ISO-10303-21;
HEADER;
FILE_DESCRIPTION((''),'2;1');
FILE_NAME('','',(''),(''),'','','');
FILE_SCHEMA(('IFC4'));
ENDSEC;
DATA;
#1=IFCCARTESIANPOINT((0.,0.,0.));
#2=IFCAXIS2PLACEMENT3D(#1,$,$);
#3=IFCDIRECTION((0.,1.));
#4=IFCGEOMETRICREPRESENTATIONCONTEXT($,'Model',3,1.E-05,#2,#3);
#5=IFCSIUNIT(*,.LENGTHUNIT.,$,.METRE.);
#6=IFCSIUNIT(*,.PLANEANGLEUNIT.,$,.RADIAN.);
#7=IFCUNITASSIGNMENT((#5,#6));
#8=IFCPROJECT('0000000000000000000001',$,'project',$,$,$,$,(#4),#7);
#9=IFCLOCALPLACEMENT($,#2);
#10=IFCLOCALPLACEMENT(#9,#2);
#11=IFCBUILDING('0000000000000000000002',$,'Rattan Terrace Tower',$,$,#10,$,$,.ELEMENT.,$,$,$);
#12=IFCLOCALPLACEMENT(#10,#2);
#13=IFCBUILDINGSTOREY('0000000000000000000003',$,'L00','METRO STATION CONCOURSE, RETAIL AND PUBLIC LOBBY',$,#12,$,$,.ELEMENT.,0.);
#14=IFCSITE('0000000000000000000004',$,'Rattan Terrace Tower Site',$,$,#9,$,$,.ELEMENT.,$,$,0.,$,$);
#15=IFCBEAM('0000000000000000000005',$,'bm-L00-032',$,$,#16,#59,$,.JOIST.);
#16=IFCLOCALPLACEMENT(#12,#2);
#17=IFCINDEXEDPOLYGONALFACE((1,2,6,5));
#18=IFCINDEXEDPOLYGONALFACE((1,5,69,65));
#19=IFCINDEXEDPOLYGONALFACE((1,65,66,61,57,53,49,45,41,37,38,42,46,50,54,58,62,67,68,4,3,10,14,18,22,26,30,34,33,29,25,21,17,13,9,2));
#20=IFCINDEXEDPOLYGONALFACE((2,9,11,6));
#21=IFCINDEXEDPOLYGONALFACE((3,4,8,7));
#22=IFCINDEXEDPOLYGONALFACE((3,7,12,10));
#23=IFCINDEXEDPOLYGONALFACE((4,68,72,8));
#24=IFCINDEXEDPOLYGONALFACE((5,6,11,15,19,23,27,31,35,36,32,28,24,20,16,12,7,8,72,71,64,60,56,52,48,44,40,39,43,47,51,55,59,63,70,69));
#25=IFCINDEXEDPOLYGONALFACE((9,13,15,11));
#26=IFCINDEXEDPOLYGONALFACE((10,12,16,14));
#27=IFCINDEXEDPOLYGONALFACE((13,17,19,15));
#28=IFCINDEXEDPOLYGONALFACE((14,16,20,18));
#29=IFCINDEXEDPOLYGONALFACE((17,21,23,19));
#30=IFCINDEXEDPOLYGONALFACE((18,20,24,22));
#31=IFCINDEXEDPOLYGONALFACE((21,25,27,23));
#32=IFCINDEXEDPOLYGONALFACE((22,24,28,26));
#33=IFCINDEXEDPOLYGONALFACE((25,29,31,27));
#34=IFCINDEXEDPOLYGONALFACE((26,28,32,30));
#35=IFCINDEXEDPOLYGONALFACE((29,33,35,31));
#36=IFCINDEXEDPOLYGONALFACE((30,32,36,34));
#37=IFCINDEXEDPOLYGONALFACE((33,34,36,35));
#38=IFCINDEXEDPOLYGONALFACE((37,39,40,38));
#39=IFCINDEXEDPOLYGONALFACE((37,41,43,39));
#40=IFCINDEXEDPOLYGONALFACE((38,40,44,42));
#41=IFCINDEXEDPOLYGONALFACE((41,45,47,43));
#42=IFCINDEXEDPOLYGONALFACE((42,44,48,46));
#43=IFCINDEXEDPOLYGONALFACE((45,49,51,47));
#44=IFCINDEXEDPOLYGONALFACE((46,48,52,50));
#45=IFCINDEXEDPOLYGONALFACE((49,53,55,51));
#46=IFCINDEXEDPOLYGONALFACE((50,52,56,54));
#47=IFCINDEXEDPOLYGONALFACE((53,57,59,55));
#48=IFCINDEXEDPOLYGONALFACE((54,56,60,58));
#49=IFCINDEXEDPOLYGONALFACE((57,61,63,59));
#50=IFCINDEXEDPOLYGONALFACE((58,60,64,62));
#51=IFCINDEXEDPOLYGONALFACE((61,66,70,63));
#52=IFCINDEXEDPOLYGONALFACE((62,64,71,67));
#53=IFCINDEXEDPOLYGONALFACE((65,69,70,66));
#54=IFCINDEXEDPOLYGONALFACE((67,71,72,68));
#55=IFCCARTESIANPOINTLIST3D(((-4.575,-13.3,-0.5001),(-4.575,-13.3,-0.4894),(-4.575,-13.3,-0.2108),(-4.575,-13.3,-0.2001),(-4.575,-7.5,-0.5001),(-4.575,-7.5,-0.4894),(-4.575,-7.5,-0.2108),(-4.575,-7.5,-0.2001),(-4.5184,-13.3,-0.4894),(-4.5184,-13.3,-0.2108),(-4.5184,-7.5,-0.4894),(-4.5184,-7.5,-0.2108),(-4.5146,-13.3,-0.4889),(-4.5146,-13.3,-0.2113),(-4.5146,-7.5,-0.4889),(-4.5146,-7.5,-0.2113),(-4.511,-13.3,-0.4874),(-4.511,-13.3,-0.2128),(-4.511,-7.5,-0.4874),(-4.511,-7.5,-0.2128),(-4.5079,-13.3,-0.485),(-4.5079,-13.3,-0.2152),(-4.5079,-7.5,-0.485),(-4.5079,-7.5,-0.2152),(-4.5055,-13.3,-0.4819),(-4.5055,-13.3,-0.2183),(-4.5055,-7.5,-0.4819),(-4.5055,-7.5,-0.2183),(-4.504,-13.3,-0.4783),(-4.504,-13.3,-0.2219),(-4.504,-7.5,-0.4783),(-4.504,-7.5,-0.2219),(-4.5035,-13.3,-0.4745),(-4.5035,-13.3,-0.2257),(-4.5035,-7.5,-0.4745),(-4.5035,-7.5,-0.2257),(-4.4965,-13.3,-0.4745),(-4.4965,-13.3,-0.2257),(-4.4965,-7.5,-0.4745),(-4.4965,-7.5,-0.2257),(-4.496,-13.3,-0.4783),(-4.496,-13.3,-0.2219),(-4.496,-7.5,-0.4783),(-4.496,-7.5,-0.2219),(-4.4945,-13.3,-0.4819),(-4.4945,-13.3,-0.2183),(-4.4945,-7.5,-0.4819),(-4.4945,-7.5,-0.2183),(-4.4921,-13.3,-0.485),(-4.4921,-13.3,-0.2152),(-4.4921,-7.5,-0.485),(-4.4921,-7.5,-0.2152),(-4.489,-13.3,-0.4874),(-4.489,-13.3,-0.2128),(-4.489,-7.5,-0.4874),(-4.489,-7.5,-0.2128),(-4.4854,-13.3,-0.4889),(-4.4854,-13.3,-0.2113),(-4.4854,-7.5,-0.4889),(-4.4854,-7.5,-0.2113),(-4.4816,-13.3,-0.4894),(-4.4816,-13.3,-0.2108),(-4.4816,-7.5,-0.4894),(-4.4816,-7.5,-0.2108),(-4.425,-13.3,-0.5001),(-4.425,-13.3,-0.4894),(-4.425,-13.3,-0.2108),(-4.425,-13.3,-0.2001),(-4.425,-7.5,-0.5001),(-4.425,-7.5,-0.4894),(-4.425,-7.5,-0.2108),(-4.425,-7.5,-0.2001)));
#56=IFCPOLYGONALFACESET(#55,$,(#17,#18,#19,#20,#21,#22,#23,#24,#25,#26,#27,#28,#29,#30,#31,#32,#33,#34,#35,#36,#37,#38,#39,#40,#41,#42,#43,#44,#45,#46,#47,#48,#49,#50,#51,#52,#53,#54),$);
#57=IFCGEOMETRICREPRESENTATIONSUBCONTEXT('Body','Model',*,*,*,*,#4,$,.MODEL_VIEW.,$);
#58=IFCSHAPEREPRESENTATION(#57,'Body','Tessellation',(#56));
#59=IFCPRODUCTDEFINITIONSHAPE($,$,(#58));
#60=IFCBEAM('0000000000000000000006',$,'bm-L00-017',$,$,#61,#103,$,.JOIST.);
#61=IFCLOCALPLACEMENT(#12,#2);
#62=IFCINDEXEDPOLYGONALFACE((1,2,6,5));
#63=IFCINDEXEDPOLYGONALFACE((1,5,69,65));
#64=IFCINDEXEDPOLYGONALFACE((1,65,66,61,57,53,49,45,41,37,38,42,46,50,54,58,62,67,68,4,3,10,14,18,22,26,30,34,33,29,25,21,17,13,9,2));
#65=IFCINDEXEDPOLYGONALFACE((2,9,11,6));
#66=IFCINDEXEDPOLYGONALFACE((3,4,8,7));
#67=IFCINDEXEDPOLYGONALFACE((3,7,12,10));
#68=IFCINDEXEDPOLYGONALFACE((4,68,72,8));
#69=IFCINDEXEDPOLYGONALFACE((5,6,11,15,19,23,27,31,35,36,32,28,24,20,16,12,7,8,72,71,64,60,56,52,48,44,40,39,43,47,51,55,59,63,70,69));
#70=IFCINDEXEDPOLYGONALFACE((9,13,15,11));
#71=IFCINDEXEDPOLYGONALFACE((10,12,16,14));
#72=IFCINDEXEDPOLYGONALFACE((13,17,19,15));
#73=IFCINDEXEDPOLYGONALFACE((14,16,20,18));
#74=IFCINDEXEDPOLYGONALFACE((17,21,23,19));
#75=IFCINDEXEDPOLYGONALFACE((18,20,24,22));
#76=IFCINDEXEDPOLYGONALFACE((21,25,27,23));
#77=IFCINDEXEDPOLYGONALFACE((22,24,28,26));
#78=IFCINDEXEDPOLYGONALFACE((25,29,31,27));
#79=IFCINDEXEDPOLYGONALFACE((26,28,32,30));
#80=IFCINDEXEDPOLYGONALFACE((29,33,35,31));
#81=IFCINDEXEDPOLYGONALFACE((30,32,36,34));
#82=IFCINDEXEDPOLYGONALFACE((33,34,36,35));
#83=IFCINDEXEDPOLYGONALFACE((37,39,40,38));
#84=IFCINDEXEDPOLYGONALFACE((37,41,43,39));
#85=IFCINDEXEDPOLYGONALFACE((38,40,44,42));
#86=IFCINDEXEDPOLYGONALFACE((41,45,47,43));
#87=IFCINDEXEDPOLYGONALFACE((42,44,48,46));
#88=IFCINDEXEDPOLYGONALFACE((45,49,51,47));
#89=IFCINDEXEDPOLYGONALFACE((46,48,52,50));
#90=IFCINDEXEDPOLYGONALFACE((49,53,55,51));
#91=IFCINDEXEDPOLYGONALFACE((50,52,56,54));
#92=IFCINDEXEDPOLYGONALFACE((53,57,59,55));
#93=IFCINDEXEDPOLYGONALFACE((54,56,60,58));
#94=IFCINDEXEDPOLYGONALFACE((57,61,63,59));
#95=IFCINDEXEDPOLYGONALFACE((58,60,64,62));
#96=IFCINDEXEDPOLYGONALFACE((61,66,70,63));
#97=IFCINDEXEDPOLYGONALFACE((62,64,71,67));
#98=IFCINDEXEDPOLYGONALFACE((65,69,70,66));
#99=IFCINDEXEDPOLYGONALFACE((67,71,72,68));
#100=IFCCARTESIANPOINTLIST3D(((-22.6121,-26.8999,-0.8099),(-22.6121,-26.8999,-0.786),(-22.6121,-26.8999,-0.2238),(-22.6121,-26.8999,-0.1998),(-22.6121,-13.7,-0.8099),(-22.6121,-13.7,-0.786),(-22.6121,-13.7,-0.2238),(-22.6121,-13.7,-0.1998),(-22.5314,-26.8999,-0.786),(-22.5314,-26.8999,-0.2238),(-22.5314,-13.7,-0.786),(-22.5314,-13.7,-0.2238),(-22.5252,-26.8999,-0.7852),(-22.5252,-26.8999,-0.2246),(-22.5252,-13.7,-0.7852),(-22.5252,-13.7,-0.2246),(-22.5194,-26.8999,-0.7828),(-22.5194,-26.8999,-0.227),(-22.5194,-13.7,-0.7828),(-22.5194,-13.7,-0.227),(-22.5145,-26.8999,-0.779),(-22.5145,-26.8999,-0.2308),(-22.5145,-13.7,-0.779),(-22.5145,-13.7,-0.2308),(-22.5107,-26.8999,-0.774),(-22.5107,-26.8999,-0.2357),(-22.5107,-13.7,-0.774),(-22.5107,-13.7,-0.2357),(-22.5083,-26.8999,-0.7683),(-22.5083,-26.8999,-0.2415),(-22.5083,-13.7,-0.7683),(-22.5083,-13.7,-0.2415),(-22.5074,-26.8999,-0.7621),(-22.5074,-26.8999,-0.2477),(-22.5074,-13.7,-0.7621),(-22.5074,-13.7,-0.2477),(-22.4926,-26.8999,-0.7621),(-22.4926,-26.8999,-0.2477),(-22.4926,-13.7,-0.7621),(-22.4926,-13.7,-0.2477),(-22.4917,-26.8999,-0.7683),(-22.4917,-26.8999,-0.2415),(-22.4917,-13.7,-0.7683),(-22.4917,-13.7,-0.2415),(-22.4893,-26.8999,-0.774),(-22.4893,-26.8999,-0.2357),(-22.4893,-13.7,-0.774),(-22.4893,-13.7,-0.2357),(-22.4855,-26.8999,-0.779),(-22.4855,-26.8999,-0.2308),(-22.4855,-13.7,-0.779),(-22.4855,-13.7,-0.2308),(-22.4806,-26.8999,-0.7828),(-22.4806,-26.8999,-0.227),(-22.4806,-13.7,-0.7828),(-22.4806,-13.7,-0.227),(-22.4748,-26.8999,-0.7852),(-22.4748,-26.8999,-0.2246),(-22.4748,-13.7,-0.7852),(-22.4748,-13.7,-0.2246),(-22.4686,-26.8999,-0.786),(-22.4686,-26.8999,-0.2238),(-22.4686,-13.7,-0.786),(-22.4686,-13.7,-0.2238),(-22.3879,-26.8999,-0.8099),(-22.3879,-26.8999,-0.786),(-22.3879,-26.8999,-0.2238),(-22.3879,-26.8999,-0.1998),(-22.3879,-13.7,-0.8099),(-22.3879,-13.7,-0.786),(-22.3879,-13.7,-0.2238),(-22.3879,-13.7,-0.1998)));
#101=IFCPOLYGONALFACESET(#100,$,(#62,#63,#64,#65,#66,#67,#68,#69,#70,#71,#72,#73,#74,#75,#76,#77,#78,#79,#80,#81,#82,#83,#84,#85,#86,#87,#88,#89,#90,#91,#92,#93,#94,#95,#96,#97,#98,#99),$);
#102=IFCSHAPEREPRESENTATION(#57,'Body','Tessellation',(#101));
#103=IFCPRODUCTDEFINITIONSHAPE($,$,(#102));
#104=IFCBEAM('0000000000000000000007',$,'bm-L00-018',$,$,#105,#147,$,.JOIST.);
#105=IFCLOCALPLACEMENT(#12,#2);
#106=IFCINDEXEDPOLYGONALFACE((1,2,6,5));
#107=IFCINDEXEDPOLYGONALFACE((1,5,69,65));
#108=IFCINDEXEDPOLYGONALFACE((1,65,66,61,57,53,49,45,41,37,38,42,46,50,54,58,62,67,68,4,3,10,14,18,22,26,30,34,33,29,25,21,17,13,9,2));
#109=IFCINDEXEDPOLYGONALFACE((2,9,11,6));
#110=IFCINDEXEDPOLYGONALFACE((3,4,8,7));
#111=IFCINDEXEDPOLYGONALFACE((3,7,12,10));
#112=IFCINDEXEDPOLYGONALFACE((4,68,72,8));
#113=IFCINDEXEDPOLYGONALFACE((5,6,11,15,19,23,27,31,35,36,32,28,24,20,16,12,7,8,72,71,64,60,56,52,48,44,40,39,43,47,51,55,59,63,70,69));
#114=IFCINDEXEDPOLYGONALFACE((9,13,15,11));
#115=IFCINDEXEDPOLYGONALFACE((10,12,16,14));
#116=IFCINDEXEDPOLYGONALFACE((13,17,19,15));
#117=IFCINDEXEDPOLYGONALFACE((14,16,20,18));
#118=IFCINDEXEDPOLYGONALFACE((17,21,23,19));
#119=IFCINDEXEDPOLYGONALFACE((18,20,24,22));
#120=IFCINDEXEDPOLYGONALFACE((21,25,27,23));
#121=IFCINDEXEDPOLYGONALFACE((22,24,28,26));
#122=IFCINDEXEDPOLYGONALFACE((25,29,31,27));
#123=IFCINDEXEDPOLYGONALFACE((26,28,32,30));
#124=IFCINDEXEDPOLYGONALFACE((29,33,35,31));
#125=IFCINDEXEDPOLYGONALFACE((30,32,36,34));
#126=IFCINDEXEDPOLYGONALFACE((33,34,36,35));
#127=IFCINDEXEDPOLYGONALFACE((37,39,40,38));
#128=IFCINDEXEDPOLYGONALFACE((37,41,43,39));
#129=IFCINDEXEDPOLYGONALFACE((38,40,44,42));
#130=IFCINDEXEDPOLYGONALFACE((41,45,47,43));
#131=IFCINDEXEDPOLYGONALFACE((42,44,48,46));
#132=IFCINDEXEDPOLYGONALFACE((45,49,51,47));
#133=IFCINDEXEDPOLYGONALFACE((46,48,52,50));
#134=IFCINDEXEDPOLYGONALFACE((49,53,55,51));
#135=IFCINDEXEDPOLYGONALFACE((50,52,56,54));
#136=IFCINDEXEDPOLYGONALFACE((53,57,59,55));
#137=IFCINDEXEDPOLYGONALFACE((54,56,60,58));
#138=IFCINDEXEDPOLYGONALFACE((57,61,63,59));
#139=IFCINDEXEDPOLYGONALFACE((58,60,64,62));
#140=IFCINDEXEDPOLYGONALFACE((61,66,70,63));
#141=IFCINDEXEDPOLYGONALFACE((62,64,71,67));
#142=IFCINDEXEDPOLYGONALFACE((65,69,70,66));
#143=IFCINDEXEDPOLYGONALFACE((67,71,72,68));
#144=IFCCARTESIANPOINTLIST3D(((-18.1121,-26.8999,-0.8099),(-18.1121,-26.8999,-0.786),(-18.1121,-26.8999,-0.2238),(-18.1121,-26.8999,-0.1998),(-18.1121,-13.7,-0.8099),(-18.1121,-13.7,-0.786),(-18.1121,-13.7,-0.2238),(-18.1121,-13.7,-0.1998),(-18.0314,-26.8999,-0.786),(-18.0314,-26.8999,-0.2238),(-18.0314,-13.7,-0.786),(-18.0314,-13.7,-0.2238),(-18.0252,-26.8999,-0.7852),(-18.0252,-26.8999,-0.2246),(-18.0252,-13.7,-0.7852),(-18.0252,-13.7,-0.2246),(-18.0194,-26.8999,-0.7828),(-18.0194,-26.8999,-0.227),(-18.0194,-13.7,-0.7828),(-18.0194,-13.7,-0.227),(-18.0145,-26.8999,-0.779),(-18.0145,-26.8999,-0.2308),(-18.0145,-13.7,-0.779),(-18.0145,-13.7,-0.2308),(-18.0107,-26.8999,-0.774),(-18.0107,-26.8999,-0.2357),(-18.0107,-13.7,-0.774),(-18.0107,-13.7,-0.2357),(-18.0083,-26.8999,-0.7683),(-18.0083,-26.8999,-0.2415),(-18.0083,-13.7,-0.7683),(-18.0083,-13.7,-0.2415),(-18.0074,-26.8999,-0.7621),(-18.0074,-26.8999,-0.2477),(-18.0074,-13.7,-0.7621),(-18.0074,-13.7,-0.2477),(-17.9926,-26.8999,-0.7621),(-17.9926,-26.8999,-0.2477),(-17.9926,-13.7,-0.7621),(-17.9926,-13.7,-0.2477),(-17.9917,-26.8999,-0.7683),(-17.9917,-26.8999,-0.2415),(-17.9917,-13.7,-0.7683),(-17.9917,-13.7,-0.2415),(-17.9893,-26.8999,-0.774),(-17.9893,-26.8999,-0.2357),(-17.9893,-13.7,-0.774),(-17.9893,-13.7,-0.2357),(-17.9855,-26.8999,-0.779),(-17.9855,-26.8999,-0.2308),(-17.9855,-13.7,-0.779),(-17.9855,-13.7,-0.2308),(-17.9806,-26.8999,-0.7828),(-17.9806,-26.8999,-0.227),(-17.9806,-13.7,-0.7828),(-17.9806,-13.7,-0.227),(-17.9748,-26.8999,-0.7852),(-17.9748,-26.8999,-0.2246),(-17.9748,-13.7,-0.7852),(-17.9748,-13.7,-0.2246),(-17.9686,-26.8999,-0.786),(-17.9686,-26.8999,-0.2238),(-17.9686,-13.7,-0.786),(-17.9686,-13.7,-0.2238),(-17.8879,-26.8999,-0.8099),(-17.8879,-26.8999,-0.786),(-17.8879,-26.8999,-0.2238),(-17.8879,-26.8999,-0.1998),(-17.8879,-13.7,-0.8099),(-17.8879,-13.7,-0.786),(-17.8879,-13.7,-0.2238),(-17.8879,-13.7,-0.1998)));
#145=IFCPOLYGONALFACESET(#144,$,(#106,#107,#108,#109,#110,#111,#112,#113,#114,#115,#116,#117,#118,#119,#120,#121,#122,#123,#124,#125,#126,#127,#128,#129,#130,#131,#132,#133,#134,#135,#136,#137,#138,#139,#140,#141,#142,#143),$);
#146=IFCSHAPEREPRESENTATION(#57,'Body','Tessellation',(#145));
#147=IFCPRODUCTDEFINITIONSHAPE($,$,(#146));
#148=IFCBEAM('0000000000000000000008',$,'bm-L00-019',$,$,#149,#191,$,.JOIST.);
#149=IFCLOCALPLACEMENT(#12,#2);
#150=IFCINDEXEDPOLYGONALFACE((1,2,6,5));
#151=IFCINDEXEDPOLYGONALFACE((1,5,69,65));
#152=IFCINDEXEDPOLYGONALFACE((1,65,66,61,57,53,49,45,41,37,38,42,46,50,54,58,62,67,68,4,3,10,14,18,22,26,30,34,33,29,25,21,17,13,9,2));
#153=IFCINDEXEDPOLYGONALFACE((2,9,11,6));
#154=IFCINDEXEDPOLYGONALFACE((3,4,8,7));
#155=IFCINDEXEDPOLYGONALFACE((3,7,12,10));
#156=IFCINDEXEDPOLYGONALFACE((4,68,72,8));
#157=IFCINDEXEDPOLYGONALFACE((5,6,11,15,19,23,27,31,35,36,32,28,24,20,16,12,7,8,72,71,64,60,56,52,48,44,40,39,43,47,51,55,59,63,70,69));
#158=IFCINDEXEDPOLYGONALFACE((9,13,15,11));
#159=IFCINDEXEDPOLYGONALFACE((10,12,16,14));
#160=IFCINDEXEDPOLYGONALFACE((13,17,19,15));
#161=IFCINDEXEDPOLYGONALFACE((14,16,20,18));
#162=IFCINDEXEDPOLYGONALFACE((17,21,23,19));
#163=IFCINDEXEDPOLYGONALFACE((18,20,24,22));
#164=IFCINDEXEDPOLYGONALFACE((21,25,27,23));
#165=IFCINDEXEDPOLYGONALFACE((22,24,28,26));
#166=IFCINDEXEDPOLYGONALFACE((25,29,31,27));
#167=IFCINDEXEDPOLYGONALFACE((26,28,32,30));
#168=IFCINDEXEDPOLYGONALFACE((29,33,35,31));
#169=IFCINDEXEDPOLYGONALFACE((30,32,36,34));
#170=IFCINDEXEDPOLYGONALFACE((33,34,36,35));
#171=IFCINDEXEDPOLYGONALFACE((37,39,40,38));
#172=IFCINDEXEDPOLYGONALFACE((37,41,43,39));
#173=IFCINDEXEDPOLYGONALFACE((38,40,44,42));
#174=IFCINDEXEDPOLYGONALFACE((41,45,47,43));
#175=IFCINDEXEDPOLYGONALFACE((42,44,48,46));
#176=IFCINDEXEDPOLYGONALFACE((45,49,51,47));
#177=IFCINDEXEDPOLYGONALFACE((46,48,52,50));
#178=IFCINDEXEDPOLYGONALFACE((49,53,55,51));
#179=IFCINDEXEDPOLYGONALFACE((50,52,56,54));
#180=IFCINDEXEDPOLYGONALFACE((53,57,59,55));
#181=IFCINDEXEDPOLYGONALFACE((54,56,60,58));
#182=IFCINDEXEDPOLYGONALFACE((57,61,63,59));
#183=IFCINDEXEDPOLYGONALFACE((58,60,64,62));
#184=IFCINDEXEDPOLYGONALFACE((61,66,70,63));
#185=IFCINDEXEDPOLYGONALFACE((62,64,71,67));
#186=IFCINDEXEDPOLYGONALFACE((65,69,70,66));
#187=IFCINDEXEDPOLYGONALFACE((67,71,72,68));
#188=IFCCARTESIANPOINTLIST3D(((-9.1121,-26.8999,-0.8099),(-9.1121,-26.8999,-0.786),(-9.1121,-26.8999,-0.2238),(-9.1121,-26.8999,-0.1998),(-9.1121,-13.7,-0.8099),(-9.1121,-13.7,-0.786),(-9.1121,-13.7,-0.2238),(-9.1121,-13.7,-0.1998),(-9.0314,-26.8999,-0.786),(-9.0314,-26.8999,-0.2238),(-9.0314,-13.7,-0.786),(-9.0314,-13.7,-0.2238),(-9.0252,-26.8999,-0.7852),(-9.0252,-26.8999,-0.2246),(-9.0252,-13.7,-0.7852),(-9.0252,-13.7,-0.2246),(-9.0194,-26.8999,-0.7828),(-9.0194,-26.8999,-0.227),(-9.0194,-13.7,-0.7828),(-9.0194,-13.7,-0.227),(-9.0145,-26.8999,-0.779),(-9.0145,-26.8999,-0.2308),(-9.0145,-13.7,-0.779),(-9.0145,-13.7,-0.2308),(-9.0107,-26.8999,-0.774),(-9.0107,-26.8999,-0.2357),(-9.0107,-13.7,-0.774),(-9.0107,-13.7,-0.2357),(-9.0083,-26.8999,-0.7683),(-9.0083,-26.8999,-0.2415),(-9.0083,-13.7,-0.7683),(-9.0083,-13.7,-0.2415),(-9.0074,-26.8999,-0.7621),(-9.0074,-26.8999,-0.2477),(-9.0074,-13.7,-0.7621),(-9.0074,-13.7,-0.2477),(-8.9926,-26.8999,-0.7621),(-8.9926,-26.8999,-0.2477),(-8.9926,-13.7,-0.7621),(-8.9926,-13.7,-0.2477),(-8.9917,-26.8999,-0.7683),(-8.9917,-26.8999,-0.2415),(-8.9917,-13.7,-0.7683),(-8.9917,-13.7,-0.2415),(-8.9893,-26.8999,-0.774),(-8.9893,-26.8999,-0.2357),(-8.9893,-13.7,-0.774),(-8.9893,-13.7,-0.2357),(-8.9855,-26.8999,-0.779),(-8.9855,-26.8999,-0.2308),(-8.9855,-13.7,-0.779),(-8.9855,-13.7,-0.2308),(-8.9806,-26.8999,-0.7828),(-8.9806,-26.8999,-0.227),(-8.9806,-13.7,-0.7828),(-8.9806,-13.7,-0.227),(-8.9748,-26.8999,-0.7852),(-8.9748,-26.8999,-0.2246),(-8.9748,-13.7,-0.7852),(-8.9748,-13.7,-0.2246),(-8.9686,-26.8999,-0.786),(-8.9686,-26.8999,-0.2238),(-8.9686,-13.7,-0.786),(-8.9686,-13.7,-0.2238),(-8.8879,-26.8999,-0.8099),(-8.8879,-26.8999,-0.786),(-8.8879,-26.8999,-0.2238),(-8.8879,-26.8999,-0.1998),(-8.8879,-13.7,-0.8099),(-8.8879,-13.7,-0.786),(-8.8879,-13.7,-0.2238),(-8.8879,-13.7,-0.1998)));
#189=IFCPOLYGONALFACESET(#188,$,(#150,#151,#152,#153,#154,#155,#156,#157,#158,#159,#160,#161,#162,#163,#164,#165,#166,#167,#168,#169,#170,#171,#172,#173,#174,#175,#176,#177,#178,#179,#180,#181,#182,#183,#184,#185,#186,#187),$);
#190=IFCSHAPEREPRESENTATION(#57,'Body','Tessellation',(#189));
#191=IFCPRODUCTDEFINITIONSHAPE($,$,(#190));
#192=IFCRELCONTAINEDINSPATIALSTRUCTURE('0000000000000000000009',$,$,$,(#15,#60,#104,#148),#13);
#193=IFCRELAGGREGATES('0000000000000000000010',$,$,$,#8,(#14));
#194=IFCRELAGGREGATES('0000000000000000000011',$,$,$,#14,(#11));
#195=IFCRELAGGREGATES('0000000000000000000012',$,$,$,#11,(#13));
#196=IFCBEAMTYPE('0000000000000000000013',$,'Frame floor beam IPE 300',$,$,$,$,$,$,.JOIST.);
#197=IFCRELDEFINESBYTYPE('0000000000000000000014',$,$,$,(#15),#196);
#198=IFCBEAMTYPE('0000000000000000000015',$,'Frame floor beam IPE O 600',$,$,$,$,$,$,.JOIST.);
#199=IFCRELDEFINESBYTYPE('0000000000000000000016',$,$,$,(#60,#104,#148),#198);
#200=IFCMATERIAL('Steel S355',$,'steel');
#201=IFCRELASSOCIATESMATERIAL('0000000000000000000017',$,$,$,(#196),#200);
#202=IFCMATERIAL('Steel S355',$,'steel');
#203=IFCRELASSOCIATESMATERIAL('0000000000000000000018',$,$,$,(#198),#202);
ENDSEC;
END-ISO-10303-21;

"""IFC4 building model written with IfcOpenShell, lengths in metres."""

from ifc_helpers import new_model, si_unit, direction, frame, origin, origin_2d, place, context, subcontext, project, spatial, i_section, extrude, material, material_profile, profile_set, type_object, element, save


model = new_model("IFC4")

# Units and contexts
model_context = context("Model", 3, precision=1e-05, world=origin(), true_north=direction((0.0, 1.0)))
body_context = subcontext(model_context, "Body", "Model", "MODEL_VIEW")
ifc_project = project(units=[si_unit("LENGTHUNIT", "METRE"), si_unit("PLANEANGLEUNIT", "RADIAN")], contexts=[model_context])

# Site, building, storey
site_placement = place(None, origin())
site = spatial("IfcSite", under=ifc_project, at=site_placement, Name="Rattan Terrace Tower Site", CompositionType="ELEMENT", RefElevation=0.0)
building_placement = place(site_placement, origin())
building = spatial("IfcBuilding", under=site, at=building_placement, Name="Rattan Terrace Tower", CompositionType="ELEMENT")
storey_placement = place(building_placement, origin())
storey = spatial("IfcBuildingStorey", under=building, at=storey_placement, Name="L00", Description="METRO STATION CONCOURSE, RETAIL AND PUBLIC LOBBY", CompositionType="ELEMENT", Elevation=0.0)

# Beams
ifc_material_1 = material(Name="Steel S355", Category="steel")
ifc_material_profile_1 = material_profile(ifc_material_1, i_section(OverallWidth=0.1499, OverallDepth=0.3, WebThickness=0.0071, FlangeThickness=0.0107, FilletRadius=0.0149, at=origin_2d()), Name="IPE 300")
ifc_profile_set_1 = profile_set([ifc_material_profile_1], Name="Steel S355")
beam_type_1 = type_object("IfcBeamType", Name="Frame floor beam IPE 300", PredefinedType="JOIST", material=ifc_profile_set_1)
for number, where, z_axis, x_axis, name in (
    (1, (-4.5, -13.3, -0.3501), (0.0, 1.0, 0.0), (-1.0, 0.0, 0.0), "bm-L00-032"),
):
    element("IfcBeam", number, at=place(storey_placement, frame(where, z_axis=z_axis, x_axis=x_axis)), inside=storey, type_object=beam_type_1, Name=name, PredefinedType="JOIST", context=body_context, shape_type="SweptSolid", body=[
        extrude(i_section(OverallWidth=0.1499, OverallDepth=0.3, WebThickness=0.0071, FlangeThickness=0.0107, FilletRadius=0.0149, at=origin_2d()), origin(), (0.0, 0.0, 1.0), 5.8),
    ])
ifc_material_2 = material(Name="Steel S355", Category="steel")
ifc_material_profile_2 = material_profile(ifc_material_2, i_section(OverallWidth=0.2241, OverallDepth=0.6101, WebThickness=0.0149, FlangeThickness=0.0239, FilletRadius=0.0239, at=origin_2d()), Name="IPE O 600")
ifc_profile_set_2 = profile_set([ifc_material_profile_2], Name="Steel S355")
beam_type_2 = type_object("IfcBeamType", Name="Frame floor beam IPE O 600", PredefinedType="JOIST", material=ifc_profile_set_2)
for number, where, z_axis, x_axis, name in (
    (2, (-22.5, -26.8999, -0.5049), (0.0, 1.0, 0.0), (-1.0, 0.0, 0.0), "bm-L00-017"),
    (3, (-18.0, -26.8999, -0.5049), (0.0, 1.0, 0.0), (-1.0, 0.0, 0.0), "bm-L00-018"),
    (4, (-9.0, -26.8999, -0.5049), (0.0, 1.0, 0.0), (-1.0, 0.0, 0.0), "bm-L00-019"),
):
    element("IfcBeam", number, at=place(storey_placement, frame(where, z_axis=z_axis, x_axis=x_axis)), inside=storey, type_object=beam_type_2, Name=name, PredefinedType="JOIST", context=body_context, shape_type="SweptSolid", body=[
        extrude(i_section(OverallWidth=0.2241, OverallDepth=0.6101, WebThickness=0.0149, FlangeThickness=0.0239, FilletRadius=0.0239, at=origin_2d()), origin(), (0.0, 0.0, 1.0), 13.2),
    ])

save(model, "model.ifc")
